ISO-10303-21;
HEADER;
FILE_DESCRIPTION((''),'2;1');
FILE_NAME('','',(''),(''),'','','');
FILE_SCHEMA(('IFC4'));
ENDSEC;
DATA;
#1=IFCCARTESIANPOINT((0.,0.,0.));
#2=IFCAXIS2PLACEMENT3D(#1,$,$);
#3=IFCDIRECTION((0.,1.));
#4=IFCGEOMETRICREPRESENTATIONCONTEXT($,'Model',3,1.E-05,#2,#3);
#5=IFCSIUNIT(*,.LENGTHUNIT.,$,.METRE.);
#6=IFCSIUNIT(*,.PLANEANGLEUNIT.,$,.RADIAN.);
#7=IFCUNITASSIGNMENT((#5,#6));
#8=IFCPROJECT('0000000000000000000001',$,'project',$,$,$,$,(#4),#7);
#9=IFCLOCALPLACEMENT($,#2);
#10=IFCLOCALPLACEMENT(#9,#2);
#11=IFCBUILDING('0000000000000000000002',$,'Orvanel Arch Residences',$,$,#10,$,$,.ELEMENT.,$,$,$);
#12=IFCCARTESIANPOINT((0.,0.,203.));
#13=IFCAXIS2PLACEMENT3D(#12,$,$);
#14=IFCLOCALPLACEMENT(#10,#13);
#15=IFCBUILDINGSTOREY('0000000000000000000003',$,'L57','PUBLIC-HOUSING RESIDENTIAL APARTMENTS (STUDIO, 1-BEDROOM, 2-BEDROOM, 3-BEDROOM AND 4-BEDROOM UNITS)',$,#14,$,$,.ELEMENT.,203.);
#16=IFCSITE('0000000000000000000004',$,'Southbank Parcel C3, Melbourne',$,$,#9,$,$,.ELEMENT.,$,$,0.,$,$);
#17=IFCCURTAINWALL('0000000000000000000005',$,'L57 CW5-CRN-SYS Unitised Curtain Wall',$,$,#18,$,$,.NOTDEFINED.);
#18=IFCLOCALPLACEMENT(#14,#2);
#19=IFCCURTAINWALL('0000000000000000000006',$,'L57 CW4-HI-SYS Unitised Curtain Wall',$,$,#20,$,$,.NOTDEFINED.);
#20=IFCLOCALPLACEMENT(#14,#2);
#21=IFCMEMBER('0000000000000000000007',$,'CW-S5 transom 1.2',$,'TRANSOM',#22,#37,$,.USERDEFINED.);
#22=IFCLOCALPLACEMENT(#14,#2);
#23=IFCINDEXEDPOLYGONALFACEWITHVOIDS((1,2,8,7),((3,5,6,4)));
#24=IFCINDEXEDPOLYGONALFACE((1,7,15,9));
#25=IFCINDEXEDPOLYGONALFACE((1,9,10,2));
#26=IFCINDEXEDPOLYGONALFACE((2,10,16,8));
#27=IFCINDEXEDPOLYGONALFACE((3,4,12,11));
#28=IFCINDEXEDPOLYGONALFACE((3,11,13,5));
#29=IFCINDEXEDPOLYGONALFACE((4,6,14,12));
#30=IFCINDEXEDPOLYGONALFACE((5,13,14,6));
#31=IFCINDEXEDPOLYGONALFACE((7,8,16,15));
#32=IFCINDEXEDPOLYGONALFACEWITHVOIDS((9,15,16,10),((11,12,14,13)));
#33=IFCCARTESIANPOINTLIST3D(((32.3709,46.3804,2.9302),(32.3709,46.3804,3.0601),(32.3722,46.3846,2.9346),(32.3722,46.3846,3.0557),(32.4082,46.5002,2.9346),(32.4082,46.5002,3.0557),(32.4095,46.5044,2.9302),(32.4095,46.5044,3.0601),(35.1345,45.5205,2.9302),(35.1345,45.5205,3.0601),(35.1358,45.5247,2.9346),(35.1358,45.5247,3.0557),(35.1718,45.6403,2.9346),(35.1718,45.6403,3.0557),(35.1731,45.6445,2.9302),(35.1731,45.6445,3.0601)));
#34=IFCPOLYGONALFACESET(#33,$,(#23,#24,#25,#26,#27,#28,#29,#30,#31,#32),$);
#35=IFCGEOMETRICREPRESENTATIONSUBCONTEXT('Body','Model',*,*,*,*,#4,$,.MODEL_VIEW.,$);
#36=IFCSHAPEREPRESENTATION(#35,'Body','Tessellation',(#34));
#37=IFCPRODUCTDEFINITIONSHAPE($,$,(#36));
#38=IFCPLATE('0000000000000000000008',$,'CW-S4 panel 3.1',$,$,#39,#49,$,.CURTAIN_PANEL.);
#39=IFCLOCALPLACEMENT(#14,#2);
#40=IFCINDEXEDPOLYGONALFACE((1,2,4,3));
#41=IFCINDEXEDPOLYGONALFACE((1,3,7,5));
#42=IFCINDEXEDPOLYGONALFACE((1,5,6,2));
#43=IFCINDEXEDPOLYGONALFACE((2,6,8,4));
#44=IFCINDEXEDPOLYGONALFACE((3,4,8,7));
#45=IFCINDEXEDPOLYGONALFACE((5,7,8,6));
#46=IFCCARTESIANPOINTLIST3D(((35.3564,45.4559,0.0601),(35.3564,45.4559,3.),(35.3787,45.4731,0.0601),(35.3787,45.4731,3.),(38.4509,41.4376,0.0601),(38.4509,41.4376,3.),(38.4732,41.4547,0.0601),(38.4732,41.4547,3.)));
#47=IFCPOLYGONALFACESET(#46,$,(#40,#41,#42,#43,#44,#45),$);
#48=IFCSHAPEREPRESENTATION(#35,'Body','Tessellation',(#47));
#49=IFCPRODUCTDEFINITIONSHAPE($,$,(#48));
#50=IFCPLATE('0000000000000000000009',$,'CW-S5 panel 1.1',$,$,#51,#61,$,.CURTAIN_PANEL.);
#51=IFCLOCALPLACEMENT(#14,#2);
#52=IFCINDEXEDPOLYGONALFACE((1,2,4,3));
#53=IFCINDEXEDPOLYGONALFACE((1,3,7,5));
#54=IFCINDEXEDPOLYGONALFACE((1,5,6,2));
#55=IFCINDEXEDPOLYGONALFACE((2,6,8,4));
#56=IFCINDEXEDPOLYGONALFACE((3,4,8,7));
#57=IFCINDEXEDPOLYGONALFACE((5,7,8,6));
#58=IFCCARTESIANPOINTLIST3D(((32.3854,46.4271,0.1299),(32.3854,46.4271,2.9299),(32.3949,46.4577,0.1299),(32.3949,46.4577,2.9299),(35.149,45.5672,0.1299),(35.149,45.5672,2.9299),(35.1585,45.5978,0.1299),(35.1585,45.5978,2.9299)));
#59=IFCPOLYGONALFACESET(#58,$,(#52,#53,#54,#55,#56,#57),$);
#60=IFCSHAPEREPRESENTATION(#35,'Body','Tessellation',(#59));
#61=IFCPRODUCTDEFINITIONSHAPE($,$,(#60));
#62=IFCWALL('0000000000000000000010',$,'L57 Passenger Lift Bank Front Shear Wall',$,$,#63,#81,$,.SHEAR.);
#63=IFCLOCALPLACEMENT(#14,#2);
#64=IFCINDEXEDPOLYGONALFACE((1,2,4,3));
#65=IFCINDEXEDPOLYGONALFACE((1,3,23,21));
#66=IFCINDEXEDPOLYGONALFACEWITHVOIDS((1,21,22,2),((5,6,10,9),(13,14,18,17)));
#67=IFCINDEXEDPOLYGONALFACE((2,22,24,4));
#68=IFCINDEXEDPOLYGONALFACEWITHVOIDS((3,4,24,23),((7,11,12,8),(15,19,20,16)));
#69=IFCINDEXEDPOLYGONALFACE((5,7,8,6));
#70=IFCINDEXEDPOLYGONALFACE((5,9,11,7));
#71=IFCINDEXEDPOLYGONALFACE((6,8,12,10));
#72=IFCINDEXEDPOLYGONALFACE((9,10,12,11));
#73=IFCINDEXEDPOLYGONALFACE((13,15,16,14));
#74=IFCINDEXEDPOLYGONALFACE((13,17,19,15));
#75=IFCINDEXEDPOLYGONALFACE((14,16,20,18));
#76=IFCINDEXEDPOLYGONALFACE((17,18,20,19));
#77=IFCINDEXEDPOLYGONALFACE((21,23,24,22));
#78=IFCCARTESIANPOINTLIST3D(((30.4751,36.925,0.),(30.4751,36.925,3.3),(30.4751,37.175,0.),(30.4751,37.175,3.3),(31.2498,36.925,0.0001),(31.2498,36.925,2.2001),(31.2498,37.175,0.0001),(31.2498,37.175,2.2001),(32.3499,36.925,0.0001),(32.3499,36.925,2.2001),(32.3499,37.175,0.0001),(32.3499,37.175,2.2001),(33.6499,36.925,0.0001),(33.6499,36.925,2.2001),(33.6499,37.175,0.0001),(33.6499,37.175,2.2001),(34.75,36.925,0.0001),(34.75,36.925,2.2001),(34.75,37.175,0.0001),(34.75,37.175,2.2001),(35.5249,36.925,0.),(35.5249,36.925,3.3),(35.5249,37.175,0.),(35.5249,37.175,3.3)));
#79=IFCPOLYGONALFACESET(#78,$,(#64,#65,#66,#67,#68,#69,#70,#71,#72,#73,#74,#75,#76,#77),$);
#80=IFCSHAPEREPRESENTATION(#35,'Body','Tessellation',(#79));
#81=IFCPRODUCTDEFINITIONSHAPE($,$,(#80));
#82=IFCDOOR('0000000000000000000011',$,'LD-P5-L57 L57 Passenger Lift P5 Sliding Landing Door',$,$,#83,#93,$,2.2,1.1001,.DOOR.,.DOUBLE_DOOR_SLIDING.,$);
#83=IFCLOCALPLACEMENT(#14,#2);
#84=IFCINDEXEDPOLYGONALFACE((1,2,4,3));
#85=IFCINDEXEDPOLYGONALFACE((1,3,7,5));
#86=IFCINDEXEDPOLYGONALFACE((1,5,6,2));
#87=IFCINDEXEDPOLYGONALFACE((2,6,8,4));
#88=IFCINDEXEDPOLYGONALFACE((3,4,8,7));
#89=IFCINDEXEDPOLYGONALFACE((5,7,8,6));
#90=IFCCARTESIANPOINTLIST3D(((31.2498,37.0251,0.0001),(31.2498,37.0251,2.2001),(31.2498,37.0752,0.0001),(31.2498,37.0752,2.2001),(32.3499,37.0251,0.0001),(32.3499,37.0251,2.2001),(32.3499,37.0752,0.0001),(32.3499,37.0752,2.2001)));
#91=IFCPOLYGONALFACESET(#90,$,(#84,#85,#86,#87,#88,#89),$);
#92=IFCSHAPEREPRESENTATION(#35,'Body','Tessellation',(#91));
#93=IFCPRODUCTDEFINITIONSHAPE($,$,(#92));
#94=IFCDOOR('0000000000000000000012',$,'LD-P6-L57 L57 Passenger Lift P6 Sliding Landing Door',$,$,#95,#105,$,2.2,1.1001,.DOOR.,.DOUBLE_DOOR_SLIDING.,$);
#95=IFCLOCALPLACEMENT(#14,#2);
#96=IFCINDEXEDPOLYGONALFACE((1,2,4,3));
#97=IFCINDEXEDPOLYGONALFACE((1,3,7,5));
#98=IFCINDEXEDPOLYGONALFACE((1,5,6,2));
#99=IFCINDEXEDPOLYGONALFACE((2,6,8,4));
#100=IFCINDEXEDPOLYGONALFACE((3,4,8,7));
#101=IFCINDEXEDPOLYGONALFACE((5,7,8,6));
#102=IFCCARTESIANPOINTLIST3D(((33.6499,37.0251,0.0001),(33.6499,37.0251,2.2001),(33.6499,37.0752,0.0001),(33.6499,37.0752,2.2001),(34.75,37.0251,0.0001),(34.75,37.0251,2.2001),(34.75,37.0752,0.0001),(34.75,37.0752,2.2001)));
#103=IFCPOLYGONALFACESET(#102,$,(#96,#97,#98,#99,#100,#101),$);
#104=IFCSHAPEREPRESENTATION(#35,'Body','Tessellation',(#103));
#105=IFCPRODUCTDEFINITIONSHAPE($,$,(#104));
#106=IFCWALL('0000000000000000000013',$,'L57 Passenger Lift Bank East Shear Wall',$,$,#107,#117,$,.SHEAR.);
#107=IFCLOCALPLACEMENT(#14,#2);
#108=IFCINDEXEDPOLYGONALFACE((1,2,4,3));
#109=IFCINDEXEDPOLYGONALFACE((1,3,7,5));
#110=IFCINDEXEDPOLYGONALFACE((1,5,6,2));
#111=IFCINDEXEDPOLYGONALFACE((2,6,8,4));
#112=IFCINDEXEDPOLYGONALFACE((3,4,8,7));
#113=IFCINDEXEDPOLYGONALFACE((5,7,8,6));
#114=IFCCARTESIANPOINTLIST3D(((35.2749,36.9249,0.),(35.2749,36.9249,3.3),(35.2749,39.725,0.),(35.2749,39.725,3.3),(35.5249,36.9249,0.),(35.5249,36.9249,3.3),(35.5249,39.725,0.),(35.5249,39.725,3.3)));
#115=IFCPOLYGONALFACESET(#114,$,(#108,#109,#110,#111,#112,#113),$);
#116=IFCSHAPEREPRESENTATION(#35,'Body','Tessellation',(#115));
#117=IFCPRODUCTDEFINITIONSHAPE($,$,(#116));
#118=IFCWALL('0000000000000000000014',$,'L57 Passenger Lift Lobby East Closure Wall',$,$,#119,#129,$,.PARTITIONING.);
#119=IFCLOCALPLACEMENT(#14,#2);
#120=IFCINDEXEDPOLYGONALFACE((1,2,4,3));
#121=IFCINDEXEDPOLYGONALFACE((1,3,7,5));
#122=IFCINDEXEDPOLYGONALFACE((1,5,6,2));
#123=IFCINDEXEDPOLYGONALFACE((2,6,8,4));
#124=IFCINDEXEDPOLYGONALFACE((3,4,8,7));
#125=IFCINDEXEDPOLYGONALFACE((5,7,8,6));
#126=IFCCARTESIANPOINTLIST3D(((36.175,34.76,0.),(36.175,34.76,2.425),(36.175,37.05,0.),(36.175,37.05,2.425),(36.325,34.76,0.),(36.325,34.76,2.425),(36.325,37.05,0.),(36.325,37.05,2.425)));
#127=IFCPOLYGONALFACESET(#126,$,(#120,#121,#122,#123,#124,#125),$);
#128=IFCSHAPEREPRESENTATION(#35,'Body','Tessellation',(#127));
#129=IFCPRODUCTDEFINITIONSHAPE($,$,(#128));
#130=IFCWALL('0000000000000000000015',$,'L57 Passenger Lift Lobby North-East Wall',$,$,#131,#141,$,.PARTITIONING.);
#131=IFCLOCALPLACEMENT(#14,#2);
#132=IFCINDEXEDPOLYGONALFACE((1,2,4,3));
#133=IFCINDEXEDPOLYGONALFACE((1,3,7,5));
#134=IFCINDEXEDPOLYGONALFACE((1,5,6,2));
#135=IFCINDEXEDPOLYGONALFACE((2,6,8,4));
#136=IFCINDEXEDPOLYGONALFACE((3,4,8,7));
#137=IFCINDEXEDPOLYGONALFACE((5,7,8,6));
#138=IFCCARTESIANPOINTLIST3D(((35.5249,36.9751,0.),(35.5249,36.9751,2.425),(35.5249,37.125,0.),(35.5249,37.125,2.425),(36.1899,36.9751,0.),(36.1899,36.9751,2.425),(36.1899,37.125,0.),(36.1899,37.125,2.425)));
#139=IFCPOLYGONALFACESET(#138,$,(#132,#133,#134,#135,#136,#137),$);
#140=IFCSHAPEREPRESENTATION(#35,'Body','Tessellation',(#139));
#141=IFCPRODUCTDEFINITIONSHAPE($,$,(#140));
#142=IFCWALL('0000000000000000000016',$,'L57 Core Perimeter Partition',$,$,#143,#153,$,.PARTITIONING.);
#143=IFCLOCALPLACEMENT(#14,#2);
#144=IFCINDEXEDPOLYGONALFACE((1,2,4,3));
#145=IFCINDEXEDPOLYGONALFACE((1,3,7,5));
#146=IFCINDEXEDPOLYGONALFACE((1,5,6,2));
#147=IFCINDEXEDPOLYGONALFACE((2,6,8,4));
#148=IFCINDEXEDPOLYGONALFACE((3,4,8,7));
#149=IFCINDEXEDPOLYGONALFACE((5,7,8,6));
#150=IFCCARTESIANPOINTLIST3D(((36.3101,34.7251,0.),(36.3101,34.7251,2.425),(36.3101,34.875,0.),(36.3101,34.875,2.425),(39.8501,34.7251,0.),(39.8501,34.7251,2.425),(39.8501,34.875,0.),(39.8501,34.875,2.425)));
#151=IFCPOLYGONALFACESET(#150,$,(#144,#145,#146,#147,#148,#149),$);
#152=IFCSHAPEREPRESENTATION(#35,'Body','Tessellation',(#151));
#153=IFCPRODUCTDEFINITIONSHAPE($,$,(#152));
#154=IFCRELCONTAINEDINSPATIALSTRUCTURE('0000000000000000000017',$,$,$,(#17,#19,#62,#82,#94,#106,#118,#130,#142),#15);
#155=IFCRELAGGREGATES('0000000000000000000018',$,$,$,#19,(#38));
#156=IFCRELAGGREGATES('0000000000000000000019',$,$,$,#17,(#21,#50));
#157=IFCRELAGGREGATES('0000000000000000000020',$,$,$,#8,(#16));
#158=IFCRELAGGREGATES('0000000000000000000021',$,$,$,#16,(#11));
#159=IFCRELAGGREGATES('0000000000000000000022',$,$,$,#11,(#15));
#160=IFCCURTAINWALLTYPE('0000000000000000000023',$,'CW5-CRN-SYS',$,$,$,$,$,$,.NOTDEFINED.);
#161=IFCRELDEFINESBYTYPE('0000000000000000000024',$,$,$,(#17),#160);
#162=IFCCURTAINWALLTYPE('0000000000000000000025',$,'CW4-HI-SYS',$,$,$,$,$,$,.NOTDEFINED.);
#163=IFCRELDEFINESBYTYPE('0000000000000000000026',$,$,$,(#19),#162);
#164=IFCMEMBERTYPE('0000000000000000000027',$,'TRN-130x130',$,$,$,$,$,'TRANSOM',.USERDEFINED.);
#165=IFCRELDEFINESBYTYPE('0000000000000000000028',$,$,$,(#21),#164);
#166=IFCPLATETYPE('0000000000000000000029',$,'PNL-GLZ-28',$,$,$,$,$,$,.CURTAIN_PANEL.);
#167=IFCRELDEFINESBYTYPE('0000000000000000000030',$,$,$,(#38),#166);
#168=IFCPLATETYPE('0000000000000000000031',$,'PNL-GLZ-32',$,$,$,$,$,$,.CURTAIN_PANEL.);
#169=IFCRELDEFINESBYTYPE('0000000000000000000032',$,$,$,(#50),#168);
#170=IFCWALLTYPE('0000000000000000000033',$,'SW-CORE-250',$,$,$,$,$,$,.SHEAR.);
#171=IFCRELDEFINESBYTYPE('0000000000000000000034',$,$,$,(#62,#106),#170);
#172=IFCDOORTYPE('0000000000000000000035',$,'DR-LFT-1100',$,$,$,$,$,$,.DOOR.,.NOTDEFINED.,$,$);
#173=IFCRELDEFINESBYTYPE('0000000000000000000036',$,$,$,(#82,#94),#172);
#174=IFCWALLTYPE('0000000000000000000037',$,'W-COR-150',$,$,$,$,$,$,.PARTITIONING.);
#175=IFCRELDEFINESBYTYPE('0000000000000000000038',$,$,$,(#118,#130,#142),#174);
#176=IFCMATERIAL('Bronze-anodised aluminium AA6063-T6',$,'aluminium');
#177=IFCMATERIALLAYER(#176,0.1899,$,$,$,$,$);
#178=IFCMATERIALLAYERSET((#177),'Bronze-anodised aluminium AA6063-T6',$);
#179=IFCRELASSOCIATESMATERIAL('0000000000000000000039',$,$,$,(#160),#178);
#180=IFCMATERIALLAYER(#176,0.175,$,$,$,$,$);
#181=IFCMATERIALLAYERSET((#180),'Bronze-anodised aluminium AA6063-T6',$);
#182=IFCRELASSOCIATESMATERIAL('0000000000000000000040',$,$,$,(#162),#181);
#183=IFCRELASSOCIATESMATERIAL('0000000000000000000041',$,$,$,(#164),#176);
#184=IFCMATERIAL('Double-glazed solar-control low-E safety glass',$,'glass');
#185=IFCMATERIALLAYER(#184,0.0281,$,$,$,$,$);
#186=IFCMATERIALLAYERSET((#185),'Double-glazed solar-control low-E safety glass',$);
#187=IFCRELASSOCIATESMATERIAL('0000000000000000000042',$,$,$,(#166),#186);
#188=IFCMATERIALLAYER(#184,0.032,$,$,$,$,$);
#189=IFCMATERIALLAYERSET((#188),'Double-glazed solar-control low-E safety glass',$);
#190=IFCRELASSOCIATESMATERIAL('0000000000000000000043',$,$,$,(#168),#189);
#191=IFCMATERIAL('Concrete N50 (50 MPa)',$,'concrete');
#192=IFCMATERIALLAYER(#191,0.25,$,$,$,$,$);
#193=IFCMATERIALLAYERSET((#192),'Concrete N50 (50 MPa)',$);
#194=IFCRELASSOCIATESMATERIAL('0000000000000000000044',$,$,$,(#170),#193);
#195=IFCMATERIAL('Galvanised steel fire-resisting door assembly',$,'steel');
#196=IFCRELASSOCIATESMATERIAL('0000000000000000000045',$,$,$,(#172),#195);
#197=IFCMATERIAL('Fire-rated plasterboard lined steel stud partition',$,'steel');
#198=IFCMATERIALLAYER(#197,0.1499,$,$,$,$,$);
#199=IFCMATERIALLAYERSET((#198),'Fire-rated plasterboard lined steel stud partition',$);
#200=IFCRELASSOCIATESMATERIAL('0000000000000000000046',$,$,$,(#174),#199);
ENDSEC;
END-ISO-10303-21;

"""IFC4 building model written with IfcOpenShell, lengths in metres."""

from ifc_helpers import new_model, si_unit, direction, frame, frame_2d, origin, origin_2d, place, context, subcontext, project, spatial, rectangle, hollow_rectangle, extrude, material, layer, layer_set, material_profile, profile_set, type_object, element, fill, aggregate, save


model = new_model("IFC4")

# Units and contexts
model_context = context("Model", 3, precision=1e-05, world=origin(), true_north=direction((0.0, 1.0)))
body_context = subcontext(model_context, "Body", "Model", "MODEL_VIEW")
ifc_project = project(units=[si_unit("LENGTHUNIT", "METRE"), si_unit("PLANEANGLEUNIT", "RADIAN")], contexts=[model_context])

# Site, building, storey
site_placement = place(None, origin())
site = spatial("IfcSite", under=ifc_project, at=site_placement, Name="Southbank Parcel C3, Melbourne", CompositionType="ELEMENT", RefElevation=0.0)
building_placement = place(site_placement, origin())
building = spatial("IfcBuilding", under=site, at=building_placement, Name="Orvanel Arch Residences", CompositionType="ELEMENT")
storey_placement = place(building_placement, frame((0.0, 0.0, 203.0)))
storey = spatial("IfcBuildingStorey", under=building, at=storey_placement, Name="L57", Description="PUBLIC-HOUSING RESIDENTIAL APARTMENTS (STUDIO, 1-BEDROOM, 2-BEDROOM, 3-BEDROOM AND 4-BEDROOM UNITS)", CompositionType="ELEMENT", Elevation=203.0)

# Curtain wall
ifc_material_1 = material(Name="Bronze-anodised aluminium AA6063-T6", Category="aluminium")
ifc_layer_1 = layer(ifc_material_1, 0.1899)
ifc_layer_set_1 = layer_set([ifc_layer_1], Name="Bronze-anodised aluminium AA6063-T6")
curtain_wall_type_1 = type_object("IfcCurtainWallType", Name="CW5-CRN-SYS", PredefinedType="NOTDEFINED", material=ifc_layer_set_1)
curtain_wall_1_placement = place(storey_placement, origin())
curtain_wall_1 = element("IfcCurtainWall", 1, at=curtain_wall_1_placement, inside=storey, type_object=curtain_wall_type_1, Name="L57 CW5-CRN-SYS Unitised Curtain Wall", PredefinedType="NOTDEFINED")

# Curtain wall
ifc_layer_2 = layer(ifc_material_1, 0.175)
ifc_layer_set_2 = layer_set([ifc_layer_2], Name="Bronze-anodised aluminium AA6063-T6")
curtain_wall_type_2 = type_object("IfcCurtainWallType", Name="CW4-HI-SYS", PredefinedType="NOTDEFINED", material=ifc_layer_set_2)
curtain_wall_2_placement = place(storey_placement, origin())
curtain_wall_2 = element("IfcCurtainWall", 2, at=curtain_wall_2_placement, inside=storey, type_object=curtain_wall_type_2, Name="L57 CW4-HI-SYS Unitised Curtain Wall", PredefinedType="NOTDEFINED")

# Member
ifc_material_profile_1 = material_profile(ifc_material_1, hollow_rectangle(XDim=0.1299, YDim=0.1299, WallThickness=0.0044, at=origin_2d()), Name="ALU130x130x4.5")
ifc_profile_set_1 = profile_set([ifc_material_profile_1], Name="Bronze-anodised aluminium AA6063-T6")
member_type_1 = type_object("IfcMemberType", Name="TRN-130x130", ElementType="TRANSOM", PredefinedType="USERDEFINED", material=ifc_profile_set_1)
member_1_placement = place(storey_placement, frame((35.1538, 45.5825, 2.9951), z_axis=(-0.954851, 0.297084, 0.0), x_axis=(-0.297084, -0.954851, 0.0)))
member_1 = element("IfcMember", 3, at=member_1_placement, type_object=member_type_1, Name="CW-S5 transom 1.2", ObjectType="TRANSOM", PredefinedType="USERDEFINED", context=body_context, shape_type="SweptSolid", body=[
    extrude(hollow_rectangle(XDim=0.1299, YDim=0.1299, WallThickness=0.0044, at=origin_2d()), origin(), (0.0, 0.0, 1.0), 2.8943),
])

# Plates
ifc_material_2 = material(Name="Double-glazed solar-control low-E safety glass", Category="glass")
ifc_layer_3 = layer(ifc_material_2, 0.0281)
ifc_layer_set_3 = layer_set([ifc_layer_3], Name="Double-glazed solar-control low-E safety glass")
plate_type_1 = type_object("IfcPlateType", Name="PNL-GLZ-28", PredefinedType="CURTAIN_PANEL", material=ifc_layer_set_3)
plate_1_placement = place(storey_placement, frame((36.9148, 43.4553, 0.0601), z_axis=(0.0, 0.0, 1.0), x_axis=(-0.610134, 0.792298, 0.0)))
plate_1 = element("IfcPlate", 4, at=plate_1_placement, type_object=plate_type_1, Name="CW-S4 panel 3.1", PredefinedType="CURTAIN_PANEL", context=body_context, shape_type="SweptSolid", body=[
    extrude(rectangle(XDim=5.0718, YDim=0.0281, at=origin_2d()), origin(), (0.0, 0.0, 1.0), 2.9399),
])
aggregate(curtain_wall_2, [plate_1])
ifc_layer_4 = layer(ifc_material_2, 0.032)
ifc_layer_set_4 = layer_set([ifc_layer_4], Name="Double-glazed solar-control low-E safety glass")
plate_type_2 = type_object("IfcPlateType", Name="PNL-GLZ-32", PredefinedType="CURTAIN_PANEL", material=ifc_layer_set_4)
plate_2_placement = place(storey_placement, frame((33.772, 46.0125, 0.1299), z_axis=(0.0, 0.0, 1.0), x_axis=(-0.954847, 0.297098, 0.0)))
plate_2 = element("IfcPlate", 5, at=plate_2_placement, type_object=plate_type_2, Name="CW-S5 panel 1.1", PredefinedType="CURTAIN_PANEL", context=body_context, shape_type="SweptSolid", body=[
    extrude(rectangle(XDim=2.8943, YDim=0.032, at=origin_2d()), origin(), (0.0, 0.0, 1.0), 2.8),
])
aggregate(curtain_wall_1, [member_1, plate_2])

# Wall, openings, doors
ifc_material_3 = material(Name="Concrete N50 (50 MPa)", Category="concrete")
ifc_layer_5 = layer(ifc_material_3, 0.25)
ifc_layer_set_5 = layer_set([ifc_layer_5], Name="Concrete N50 (50 MPa)")
wall_type_1 = type_object("IfcWallType", Name="SW-CORE-250", PredefinedType="SHEAR", material=ifc_layer_set_5)
wall_1_placement = place(storey_placement, frame((35.5249, 37.05, 0.0), z_axis=(0.0, 0.0, 1.0), x_axis=(-1.0, 0.0, 0.0)))
wall_1 = element("IfcWall", 6, at=wall_1_placement, inside=storey, type_object=wall_type_1, Name="L57 Passenger Lift Bank Front Shear Wall", PredefinedType="SHEAR", context=body_context, shape_type="SweptSolid", body=[
    extrude(rectangle(XDim=5.0498, YDim=0.25, at=frame_2d((2.5249, 0.0))), origin(), (0.0, 0.0, 1.0), 3.3),
])
opening_1_placement = place(wall_1_placement, frame((3.175, 0.0, 0.0)))
opening_1 = element("IfcOpeningElement", 7, at=opening_1_placement, cuts=wall_1, PredefinedType="OPENING", context=body_context, shape_type="SweptSolid", body=[
    extrude(rectangle(XDim=1.1001, YDim=2.2, at=frame_2d((0.55, 1.1001))), frame((0.0, 0.135, 0.0), z_axis=(0.0, -1.0, 0.0), x_axis=(1.0, 0.0, 0.0)), (0.0, 0.0, 1.0), 0.27),
])
opening_2_placement = place(wall_1_placement, frame((0.7749, 0.0, 0.0)))
opening_2 = element("IfcOpeningElement", 8, at=opening_2_placement, cuts=wall_1, PredefinedType="OPENING", context=body_context, shape_type="SweptSolid", body=[
    extrude(rectangle(XDim=1.1001, YDim=2.2, at=frame_2d((0.55, 1.1001))), frame((0.0, 0.135, 0.0), z_axis=(0.0, -1.0, 0.0), x_axis=(1.0, 0.0, 0.0)), (0.0, 0.0, 1.0), 0.27),
])
ifc_material_4 = material(Name="Galvanised steel fire-resisting door assembly", Category="steel")
door_type_1 = type_object("IfcDoorType", Name="DR-LFT-1100", OperationType="NOTDEFINED", PredefinedType="DOOR", material=ifc_material_4)
door_1_placement = place(opening_1_placement, origin())
door_1 = element("IfcDoor", 9, at=door_1_placement, inside=storey, type_object=door_type_1, Name="LD-P5-L57 L57 Passenger Lift P5 Sliding Landing Door", OperationType="DOUBLE_DOOR_SLIDING", OverallHeight=2.2, OverallWidth=1.1001, PredefinedType="DOOR", context=body_context, shape_type="SweptSolid", body=[
    extrude(rectangle(XDim=1.1001, YDim=2.2, at=frame_2d((0.55, 1.1001))), frame((0.0, 0.0249, 0.0), z_axis=(0.0, -1.0, 0.0), x_axis=(1.0, 0.0, 0.0)), (0.0, 0.0, 1.0), 0.05),
])
fill(opening_1, door_1)
door_2_placement = place(opening_2_placement, origin())
door_2 = element("IfcDoor", 10, at=door_2_placement, inside=storey, type_object=door_type_1, Name="LD-P6-L57 L57 Passenger Lift P6 Sliding Landing Door", OperationType="DOUBLE_DOOR_SLIDING", OverallHeight=2.2, OverallWidth=1.1001, PredefinedType="DOOR", context=body_context, shape_type="SweptSolid", body=[
    extrude(rectangle(XDim=1.1001, YDim=2.2, at=frame_2d((0.55, 1.1001))), frame((0.0, 0.0249, 0.0), z_axis=(0.0, -1.0, 0.0), x_axis=(1.0, 0.0, 0.0)), (0.0, 0.0, 1.0), 0.05),
])
fill(opening_2, door_2)

# Walls
wall_2_placement = place(storey_placement, frame((35.3999, 36.925, 0.0), z_axis=(0.0, 0.0, 1.0), x_axis=(0.0, 1.0, 0.0)))
element("IfcWall", 11, at=wall_2_placement, inside=storey, type_object=wall_type_1, Name="L57 Passenger Lift Bank East Shear Wall", PredefinedType="SHEAR", context=body_context, shape_type="SweptSolid", body=[
    extrude(rectangle(XDim=2.8, YDim=0.25, at=frame_2d((1.3999, 0.0))), origin(), (0.0, 0.0, 1.0), 3.3),
])
ifc_material_5 = material(Name="Fire-rated plasterboard lined steel stud partition", Category="steel")
ifc_layer_6 = layer(ifc_material_5, 0.1499)
ifc_layer_set_6 = layer_set([ifc_layer_6], Name="Fire-rated plasterboard lined steel stud partition")
wall_type_2 = type_object("IfcWallType", Name="W-COR-150", PredefinedType="PARTITIONING", material=ifc_layer_set_6)
wall_3_placement = place(storey_placement, frame((36.25, 34.76, 0.0), z_axis=(0.0, 0.0, 1.0), x_axis=(0.0, 1.0, 0.0)))
element("IfcWall", 12, at=wall_3_placement, inside=storey, type_object=wall_type_2, Name="L57 Passenger Lift Lobby East Closure Wall", PredefinedType="PARTITIONING", context=body_context, shape_type="SweptSolid", body=[
    extrude(rectangle(XDim=2.29, YDim=0.1499, at=frame_2d((1.145, 0.0))), origin(), (0.0, 0.0, 1.0), 2.425),
])
wall_4_placement = place(storey_placement, frame((35.5249, 37.05, 0.0), z_axis=(0.0, 0.0, 1.0), x_axis=(1.0, 0.0, 0.0)))
element("IfcWall", 13, at=wall_4_placement, inside=storey, type_object=wall_type_2, Name="L57 Passenger Lift Lobby North-East Wall", PredefinedType="PARTITIONING", context=body_context, shape_type="SweptSolid", body=[
    extrude(rectangle(XDim=0.665, YDim=0.1499, at=frame_2d((0.3325, 0.0))), origin(), (0.0, 0.0, 1.0), 2.425),
])
wall_5_placement = place(storey_placement, frame((36.3101, 34.8, 0.0), z_axis=(0.0, 0.0, 1.0), x_axis=(1.0, 0.0, 0.0)))
element("IfcWall", 14, at=wall_5_placement, inside=storey, type_object=wall_type_2, Name="L57 Core Perimeter Partition", PredefinedType="PARTITIONING", context=body_context, shape_type="SweptSolid", body=[
    extrude(rectangle(XDim=3.54, YDim=0.1499, at=frame_2d((1.77, 0.0))), origin(), (0.0, 0.0, 1.0), 2.425),
])

save(model, "model.ifc")
